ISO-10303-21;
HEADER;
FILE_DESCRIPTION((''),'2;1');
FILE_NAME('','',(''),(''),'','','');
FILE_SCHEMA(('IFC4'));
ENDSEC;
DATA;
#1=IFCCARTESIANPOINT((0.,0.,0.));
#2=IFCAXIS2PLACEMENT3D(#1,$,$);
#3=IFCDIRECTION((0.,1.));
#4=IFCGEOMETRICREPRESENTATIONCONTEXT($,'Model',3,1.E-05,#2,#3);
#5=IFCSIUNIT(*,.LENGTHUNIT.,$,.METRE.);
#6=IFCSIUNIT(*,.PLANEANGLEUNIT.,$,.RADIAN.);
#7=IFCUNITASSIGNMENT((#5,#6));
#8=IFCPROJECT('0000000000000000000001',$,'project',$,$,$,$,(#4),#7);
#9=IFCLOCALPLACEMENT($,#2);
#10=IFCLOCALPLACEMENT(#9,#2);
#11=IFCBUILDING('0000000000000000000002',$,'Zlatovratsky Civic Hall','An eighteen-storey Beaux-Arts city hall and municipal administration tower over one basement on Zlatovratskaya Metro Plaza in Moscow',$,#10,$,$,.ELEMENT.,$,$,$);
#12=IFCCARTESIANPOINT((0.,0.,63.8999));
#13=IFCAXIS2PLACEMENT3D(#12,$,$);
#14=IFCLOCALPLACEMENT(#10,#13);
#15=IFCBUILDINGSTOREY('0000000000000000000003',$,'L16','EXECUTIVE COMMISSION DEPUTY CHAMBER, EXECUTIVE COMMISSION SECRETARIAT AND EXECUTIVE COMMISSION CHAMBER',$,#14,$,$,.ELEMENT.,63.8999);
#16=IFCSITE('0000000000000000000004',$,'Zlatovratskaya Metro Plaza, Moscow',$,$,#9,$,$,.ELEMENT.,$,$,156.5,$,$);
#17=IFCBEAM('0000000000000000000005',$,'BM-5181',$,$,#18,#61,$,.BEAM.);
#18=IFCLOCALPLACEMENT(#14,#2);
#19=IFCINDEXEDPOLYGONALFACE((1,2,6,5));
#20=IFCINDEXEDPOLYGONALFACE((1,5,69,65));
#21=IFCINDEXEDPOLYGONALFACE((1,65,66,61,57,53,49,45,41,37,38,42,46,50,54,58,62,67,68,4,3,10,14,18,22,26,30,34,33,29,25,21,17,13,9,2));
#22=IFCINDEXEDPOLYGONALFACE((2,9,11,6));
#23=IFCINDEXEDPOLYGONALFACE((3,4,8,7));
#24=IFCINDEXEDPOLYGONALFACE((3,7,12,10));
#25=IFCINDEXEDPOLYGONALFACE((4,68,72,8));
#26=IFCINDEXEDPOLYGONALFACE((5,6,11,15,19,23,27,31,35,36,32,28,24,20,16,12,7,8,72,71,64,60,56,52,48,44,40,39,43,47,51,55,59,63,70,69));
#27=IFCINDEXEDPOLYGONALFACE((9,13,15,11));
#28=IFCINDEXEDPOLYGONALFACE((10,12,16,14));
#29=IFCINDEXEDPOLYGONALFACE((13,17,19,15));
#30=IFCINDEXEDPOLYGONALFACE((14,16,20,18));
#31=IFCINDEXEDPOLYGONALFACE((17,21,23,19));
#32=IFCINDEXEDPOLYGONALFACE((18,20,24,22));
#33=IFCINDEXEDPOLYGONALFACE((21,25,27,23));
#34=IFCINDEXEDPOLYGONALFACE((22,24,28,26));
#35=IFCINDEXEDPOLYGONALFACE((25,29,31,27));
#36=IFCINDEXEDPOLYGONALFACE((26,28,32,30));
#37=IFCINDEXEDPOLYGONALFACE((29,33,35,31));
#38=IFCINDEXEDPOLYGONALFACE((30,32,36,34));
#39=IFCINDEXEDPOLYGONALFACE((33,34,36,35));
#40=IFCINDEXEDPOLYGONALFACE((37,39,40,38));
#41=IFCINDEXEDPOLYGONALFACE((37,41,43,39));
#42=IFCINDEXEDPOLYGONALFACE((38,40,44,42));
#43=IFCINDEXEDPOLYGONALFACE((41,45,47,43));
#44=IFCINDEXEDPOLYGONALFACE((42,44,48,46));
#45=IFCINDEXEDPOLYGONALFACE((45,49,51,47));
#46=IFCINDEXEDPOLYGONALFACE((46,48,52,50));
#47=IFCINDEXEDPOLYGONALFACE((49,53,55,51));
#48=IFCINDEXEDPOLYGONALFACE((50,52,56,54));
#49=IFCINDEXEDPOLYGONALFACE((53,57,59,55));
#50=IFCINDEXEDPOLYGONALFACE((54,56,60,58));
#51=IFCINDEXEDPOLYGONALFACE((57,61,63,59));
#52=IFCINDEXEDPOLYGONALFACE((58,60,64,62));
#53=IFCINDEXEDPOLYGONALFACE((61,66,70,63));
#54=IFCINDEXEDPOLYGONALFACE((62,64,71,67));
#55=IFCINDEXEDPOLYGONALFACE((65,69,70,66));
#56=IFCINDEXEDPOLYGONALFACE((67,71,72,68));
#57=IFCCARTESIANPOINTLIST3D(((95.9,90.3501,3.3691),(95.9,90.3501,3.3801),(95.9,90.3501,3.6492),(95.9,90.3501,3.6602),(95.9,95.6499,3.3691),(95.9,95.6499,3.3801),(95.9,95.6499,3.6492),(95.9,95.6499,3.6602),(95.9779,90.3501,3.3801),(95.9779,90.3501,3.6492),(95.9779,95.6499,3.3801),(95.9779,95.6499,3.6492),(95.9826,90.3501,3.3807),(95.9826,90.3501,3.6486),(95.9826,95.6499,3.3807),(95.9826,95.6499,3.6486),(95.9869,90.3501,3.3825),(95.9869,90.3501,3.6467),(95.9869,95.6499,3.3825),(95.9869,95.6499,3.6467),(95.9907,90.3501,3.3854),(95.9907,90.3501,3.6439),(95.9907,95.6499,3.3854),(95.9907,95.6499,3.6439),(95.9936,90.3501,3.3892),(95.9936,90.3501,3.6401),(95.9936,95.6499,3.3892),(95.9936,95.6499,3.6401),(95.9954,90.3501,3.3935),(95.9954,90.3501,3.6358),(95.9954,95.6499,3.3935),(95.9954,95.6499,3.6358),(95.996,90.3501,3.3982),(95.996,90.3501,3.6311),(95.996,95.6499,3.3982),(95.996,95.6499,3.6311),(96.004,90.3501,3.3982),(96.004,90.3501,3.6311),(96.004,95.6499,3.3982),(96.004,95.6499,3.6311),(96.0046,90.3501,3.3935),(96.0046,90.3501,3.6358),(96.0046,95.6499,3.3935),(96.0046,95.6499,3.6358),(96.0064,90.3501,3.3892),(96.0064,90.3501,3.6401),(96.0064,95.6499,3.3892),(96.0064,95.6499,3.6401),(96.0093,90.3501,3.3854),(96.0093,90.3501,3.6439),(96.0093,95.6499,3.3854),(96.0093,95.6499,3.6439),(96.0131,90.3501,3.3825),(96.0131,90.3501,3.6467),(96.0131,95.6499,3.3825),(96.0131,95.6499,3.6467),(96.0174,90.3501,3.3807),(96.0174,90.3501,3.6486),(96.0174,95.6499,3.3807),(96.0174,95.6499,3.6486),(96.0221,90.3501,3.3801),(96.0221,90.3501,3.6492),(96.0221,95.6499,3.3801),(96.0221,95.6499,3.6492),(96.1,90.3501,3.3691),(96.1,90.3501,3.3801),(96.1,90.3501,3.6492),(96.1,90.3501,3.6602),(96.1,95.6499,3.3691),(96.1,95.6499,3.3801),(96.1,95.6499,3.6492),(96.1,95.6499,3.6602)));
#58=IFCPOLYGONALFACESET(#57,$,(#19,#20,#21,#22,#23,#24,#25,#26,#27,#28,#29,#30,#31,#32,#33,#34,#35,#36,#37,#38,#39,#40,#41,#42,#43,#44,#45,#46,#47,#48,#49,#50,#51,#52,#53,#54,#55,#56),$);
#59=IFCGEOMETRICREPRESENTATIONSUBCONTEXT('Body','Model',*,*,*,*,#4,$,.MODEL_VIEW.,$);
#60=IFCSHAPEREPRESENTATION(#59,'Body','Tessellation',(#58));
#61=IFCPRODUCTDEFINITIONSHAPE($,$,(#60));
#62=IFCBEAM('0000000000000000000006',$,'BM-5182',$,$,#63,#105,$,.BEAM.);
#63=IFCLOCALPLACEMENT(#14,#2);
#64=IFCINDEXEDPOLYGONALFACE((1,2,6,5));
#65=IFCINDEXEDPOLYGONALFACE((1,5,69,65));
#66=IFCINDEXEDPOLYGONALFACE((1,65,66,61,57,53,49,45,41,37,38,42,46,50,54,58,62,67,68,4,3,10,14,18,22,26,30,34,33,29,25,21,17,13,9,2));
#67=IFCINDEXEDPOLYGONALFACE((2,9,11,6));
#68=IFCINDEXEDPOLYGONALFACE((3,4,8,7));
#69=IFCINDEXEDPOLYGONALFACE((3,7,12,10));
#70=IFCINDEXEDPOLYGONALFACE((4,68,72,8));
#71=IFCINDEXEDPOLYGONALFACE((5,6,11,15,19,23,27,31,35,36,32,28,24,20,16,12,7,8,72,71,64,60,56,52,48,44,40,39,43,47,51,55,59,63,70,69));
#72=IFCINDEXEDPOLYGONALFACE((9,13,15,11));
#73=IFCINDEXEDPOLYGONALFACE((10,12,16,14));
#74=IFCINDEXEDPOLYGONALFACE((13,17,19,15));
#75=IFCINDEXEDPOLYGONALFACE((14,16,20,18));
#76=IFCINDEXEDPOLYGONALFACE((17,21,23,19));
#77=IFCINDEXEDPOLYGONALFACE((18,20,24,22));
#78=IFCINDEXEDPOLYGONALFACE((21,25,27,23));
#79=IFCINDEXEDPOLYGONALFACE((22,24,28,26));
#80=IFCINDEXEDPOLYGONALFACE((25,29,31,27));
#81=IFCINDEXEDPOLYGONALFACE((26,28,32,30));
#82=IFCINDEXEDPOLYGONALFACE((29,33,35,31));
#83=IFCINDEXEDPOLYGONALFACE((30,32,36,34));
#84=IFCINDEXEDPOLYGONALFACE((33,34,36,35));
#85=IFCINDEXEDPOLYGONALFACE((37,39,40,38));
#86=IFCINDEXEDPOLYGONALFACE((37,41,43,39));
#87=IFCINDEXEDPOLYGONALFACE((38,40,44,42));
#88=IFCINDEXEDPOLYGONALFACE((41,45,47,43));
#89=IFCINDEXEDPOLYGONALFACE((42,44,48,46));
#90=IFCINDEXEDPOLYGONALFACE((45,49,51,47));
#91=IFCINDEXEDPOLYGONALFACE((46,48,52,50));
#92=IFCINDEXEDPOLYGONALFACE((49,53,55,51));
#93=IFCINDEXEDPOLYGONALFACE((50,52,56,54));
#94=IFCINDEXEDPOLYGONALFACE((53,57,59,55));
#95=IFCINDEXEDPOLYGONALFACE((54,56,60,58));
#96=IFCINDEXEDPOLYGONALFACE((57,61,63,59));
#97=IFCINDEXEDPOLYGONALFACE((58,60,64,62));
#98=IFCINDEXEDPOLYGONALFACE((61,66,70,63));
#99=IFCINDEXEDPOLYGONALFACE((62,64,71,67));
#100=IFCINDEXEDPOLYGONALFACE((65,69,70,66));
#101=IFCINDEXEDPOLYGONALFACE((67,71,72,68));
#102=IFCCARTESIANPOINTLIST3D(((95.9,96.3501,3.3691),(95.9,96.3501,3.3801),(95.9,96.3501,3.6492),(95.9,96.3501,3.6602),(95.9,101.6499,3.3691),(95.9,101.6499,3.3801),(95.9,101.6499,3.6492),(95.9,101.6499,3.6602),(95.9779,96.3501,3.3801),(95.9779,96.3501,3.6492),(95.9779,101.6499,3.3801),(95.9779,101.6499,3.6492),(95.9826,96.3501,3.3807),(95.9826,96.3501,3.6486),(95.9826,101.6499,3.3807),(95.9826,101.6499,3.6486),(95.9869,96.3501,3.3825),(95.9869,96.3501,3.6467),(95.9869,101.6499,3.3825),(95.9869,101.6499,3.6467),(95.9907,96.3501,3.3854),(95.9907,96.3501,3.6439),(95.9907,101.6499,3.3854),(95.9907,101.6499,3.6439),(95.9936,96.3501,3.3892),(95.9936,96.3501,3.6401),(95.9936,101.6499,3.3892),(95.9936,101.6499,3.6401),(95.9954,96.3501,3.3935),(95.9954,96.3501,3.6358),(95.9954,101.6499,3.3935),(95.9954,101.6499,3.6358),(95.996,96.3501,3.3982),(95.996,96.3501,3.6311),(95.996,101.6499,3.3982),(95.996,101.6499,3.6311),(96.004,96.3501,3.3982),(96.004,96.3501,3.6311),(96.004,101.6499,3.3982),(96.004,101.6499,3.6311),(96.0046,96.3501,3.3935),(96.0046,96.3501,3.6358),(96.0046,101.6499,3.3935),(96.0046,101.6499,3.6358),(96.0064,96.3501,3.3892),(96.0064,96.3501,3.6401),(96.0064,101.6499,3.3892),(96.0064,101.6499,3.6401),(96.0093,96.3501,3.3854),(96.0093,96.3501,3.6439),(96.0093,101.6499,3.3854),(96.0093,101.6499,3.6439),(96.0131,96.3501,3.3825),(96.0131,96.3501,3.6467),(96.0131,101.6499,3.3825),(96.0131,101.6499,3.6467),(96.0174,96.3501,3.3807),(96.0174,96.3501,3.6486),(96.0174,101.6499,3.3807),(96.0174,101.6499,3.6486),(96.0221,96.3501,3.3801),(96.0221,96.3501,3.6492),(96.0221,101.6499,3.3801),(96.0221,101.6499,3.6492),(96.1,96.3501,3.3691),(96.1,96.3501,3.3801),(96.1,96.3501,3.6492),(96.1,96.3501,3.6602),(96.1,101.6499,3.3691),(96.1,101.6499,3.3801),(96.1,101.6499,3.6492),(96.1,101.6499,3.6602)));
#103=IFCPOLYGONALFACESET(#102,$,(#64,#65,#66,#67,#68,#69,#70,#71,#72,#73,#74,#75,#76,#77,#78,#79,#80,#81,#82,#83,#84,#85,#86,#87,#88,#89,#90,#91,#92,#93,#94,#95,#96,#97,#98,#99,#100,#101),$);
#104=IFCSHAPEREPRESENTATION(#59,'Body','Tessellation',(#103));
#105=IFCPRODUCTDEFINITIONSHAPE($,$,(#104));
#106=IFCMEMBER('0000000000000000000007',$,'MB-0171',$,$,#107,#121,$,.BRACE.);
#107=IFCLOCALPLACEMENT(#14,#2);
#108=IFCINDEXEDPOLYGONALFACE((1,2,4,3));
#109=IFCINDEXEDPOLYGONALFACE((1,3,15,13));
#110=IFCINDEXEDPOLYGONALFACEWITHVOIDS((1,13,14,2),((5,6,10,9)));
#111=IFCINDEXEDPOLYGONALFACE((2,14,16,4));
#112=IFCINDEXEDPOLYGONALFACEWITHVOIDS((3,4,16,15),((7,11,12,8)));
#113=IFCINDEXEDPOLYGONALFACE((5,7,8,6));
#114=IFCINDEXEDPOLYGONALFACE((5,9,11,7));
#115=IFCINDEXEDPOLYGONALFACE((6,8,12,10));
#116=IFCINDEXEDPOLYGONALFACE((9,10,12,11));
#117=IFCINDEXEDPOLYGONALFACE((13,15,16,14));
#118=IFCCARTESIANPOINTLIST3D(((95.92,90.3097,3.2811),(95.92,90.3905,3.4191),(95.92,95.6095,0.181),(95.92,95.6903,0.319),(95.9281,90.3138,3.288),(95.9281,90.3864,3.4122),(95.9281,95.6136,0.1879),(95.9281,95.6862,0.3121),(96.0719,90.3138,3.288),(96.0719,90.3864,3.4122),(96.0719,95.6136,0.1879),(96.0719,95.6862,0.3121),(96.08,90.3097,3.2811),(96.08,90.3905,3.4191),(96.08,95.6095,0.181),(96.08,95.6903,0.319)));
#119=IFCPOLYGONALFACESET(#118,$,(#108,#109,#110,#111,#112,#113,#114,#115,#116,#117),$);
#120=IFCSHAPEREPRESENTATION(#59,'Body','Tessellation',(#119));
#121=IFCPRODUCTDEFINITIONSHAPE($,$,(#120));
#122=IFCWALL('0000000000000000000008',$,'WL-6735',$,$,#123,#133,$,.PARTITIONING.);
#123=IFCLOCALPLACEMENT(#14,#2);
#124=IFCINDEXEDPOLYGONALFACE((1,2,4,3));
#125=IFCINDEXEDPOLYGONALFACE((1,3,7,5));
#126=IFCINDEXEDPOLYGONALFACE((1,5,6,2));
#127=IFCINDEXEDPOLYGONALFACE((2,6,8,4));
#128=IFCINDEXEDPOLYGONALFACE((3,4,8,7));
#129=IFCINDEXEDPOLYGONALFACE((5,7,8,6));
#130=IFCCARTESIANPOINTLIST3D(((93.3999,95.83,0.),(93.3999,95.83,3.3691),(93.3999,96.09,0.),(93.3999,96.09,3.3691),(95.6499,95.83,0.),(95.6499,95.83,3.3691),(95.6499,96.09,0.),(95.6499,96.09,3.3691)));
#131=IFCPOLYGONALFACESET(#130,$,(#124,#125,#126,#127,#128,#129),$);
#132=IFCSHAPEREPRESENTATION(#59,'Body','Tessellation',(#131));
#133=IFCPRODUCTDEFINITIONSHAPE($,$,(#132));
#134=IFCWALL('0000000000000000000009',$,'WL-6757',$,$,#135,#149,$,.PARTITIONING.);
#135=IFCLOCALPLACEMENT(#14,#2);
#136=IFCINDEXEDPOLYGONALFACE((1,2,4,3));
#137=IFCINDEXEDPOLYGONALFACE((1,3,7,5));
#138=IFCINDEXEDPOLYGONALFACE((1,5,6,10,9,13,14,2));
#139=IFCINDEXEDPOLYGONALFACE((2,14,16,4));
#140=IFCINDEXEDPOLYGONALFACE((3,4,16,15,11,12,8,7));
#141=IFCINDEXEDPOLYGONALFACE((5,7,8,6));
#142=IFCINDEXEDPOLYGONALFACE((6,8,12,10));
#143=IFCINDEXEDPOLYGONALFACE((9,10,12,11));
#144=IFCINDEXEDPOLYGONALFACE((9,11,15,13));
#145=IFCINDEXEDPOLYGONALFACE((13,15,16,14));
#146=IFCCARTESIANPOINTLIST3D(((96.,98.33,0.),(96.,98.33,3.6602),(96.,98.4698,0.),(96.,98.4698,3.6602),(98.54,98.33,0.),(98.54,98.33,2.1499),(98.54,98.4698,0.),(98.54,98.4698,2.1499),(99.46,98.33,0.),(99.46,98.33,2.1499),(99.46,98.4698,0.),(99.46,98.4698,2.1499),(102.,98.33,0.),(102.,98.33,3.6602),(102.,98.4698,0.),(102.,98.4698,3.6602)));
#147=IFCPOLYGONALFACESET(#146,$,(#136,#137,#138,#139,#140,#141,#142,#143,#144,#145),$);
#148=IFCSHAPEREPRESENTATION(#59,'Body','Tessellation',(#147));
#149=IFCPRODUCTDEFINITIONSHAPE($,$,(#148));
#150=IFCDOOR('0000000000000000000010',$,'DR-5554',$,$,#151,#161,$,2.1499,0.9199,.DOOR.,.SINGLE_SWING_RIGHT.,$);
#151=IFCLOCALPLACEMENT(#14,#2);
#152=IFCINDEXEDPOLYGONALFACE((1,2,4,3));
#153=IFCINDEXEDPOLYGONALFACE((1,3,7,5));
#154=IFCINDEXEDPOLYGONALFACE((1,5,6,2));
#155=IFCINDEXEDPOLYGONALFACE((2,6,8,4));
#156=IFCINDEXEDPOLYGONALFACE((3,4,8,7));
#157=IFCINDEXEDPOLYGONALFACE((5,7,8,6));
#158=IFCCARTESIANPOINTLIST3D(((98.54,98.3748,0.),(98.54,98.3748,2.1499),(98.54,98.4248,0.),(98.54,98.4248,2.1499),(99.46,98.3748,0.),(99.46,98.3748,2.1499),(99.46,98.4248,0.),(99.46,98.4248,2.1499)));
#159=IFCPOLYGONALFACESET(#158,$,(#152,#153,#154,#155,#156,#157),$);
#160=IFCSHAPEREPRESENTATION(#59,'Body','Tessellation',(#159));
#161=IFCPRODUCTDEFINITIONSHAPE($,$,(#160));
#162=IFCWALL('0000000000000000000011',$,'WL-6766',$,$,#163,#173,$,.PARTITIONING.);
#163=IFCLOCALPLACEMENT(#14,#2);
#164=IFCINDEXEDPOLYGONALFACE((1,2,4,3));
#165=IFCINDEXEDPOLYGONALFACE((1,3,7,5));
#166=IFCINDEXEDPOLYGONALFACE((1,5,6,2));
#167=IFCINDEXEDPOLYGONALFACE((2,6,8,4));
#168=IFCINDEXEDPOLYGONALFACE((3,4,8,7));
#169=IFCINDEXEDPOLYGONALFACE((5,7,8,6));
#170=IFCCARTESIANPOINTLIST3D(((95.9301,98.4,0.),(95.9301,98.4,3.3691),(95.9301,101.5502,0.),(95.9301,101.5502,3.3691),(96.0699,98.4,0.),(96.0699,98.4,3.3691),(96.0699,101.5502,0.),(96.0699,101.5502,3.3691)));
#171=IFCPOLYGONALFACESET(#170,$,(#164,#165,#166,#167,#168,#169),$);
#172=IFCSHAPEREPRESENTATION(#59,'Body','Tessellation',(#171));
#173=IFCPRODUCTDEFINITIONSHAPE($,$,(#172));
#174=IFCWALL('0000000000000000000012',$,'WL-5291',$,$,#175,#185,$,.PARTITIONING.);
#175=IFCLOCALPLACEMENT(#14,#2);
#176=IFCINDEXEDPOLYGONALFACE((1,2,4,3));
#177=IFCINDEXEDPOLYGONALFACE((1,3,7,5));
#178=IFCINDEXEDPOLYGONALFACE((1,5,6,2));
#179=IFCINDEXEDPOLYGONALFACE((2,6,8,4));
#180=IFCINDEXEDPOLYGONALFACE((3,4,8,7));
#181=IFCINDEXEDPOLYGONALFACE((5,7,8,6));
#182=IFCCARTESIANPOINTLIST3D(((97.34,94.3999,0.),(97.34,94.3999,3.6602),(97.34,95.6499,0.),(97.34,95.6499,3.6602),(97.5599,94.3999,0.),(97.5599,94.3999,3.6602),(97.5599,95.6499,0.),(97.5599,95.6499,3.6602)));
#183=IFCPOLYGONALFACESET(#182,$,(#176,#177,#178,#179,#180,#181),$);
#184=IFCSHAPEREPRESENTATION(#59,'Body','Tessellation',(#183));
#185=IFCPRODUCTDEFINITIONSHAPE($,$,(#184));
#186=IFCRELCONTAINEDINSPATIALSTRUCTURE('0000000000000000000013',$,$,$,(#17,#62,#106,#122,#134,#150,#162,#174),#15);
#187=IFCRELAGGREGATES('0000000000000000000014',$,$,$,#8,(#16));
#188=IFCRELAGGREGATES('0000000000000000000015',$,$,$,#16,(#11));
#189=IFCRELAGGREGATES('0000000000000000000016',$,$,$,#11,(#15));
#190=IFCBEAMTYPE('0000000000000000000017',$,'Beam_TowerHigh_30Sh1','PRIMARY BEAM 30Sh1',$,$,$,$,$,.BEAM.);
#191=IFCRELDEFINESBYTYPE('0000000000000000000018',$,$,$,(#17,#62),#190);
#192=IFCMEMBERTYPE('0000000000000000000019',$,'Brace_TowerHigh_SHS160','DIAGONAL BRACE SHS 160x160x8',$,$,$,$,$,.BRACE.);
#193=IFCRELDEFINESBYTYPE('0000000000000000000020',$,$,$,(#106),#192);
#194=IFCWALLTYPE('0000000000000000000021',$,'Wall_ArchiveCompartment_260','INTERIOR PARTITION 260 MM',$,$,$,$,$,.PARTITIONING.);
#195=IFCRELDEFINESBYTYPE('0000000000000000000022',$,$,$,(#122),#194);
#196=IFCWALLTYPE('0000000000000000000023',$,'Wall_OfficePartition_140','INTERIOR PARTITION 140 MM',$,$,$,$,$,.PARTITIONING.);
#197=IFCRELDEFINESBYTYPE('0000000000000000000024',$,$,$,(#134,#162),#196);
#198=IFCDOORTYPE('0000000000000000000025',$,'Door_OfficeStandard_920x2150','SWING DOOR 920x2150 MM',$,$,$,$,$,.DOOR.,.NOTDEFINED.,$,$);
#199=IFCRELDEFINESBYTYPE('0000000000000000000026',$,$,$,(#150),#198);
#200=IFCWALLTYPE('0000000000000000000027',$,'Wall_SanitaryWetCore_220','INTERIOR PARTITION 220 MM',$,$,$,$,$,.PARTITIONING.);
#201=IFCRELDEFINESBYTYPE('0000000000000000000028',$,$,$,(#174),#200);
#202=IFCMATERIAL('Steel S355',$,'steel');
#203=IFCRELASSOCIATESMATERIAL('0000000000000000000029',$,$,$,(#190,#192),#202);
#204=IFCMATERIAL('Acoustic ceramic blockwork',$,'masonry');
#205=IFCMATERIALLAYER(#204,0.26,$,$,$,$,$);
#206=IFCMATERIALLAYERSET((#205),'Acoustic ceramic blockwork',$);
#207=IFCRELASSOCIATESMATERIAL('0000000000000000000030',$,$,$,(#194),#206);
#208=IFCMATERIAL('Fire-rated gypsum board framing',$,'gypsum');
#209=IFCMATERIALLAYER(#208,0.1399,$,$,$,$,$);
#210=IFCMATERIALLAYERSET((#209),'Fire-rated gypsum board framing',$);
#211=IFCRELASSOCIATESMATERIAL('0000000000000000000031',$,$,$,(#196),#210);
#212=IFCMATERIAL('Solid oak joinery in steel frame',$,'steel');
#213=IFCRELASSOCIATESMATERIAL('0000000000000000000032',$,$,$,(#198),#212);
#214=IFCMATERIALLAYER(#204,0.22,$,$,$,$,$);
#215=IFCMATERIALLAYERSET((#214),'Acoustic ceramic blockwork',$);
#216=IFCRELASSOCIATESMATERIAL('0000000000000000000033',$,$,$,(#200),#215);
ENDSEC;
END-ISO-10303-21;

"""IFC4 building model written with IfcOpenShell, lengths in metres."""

from ifc_helpers import new_model, si_unit, direction, frame, frame_2d, origin, origin_2d, place, context, subcontext, project, spatial, rectangle, hollow_rectangle, i_section, extrude, material, layer, layer_set, material_profile, profile_set, type_object, element, fill, save


model = new_model("IFC4")

# Units and contexts
model_context = context("Model", 3, precision=1e-05, world=origin(), true_north=direction((0.0, 1.0)))
body_context = subcontext(model_context, "Body", "Model", "MODEL_VIEW")
ifc_project = project(units=[si_unit("LENGTHUNIT", "METRE"), si_unit("PLANEANGLEUNIT", "RADIAN")], contexts=[model_context])

# Site, building, storey
site_placement = place(None, origin())
site = spatial("IfcSite", under=ifc_project, at=site_placement, Name="Zlatovratskaya Metro Plaza, Moscow", CompositionType="ELEMENT", RefElevation=156.5)
building_placement = place(site_placement, origin())
building = spatial("IfcBuilding", under=site, at=building_placement, Name="Zlatovratsky Civic Hall", Description="An eighteen-storey Beaux-Arts city hall and municipal administration tower over one basement on Zlatovratskaya Metro Plaza in Moscow", CompositionType="ELEMENT")
storey_placement = place(building_placement, frame((0.0, 0.0, 63.8999)))
storey = spatial("IfcBuildingStorey", under=building, at=storey_placement, Name="L16", Description="EXECUTIVE COMMISSION DEPUTY CHAMBER, EXECUTIVE COMMISSION SECRETARIAT AND EXECUTIVE COMMISSION CHAMBER", CompositionType="ELEMENT", Elevation=63.8999)

# Beams
ifc_material_1 = material(Name="Steel S355", Category="steel")
ifc_material_profile_1 = material_profile(ifc_material_1, i_section(OverallWidth=0.2, OverallDepth=0.291, WebThickness=0.0081, FlangeThickness=0.011, FilletRadius=0.0181, at=origin_2d()), Name="30Sh1")
ifc_profile_set_1 = profile_set([ifc_material_profile_1], Name="Steel S355")
beam_type_1 = type_object("IfcBeamType", Name="Beam_TowerHigh_30Sh1", Description="PRIMARY BEAM 30Sh1", PredefinedType="BEAM", material=ifc_profile_set_1)
for number, where, z_axis, x_axis, name in (
    (1, (96.0, 90.3501, 3.5146), (0.0, 1.0, 0.0), (-1.0, 0.0, 0.0), "BM-5181"),
    (2, (96.0, 96.3501, 3.5146), (0.0, 1.0, 0.0), (-1.0, 0.0, 0.0), "BM-5182"),
):
    element("IfcBeam", number, at=place(storey_placement, frame(where, z_axis=z_axis, x_axis=x_axis)), inside=storey, type_object=beam_type_1, Name=name, PredefinedType="BEAM", context=body_context, shape_type="SweptSolid", body=[
        extrude(i_section(OverallWidth=0.2, OverallDepth=0.291, WebThickness=0.0081, FlangeThickness=0.011, FilletRadius=0.0181, at=origin_2d()), origin(), (0.0, 0.0, 1.0), 5.2998),
    ])

# Member
ifc_material_profile_2 = material_profile(ifc_material_1, hollow_rectangle(XDim=0.1599, YDim=0.1599, WallThickness=0.0081, at=origin_2d()), Name="SHS 160x160x8")
ifc_profile_set_2 = profile_set([ifc_material_profile_2], Name="Steel S355")
member_type = type_object("IfcMemberType", Name="Brace_TowerHigh_SHS160", Description="DIAGONAL BRACE SHS 160x160x8", PredefinedType="BRACE", material=ifc_profile_set_2)
member_placement = place(storey_placement, frame((96.0, 90.3501, 3.3501), z_axis=(0.0, 0.863173, -0.504909), x_axis=(-1.0, 0.0, 0.0)))
element("IfcMember", 3, at=member_placement, inside=storey, type_object=member_type, Name="MB-0171", PredefinedType="BRACE", context=body_context, shape_type="SweptSolid", body=[
    extrude(hollow_rectangle(XDim=0.1599, YDim=0.1599, WallThickness=0.0081, at=origin_2d()), origin(), (0.0, 0.0, 1.0), 6.1399),
])

# Wall
ifc_material_2 = material(Name="Acoustic ceramic blockwork", Category="masonry")
ifc_layer_1 = layer(ifc_material_2, 0.26)
ifc_layer_set_1 = layer_set([ifc_layer_1], Name="Acoustic ceramic blockwork")
wall_type_1 = type_object("IfcWallType", Name="Wall_ArchiveCompartment_260", Description="INTERIOR PARTITION 260 MM", PredefinedType="PARTITIONING", material=ifc_layer_set_1)
wall_1_placement = place(storey_placement, frame((93.3999, 95.96, 0.0), z_axis=(0.0, 0.0, 1.0), x_axis=(1.0, 0.0, 0.0)))
element("IfcWall", 4, at=wall_1_placement, inside=storey, type_object=wall_type_1, Name="WL-6735", PredefinedType="PARTITIONING", context=body_context, shape_type="SweptSolid", body=[
    extrude(rectangle(XDim=2.25, YDim=0.26, at=frame_2d((1.125, 0.0))), origin(), (0.0, 0.0, 1.0), 3.3691),
])

# Wall, opening, door
ifc_material_3 = material(Name="Fire-rated gypsum board framing", Category="gypsum")
ifc_layer_2 = layer(ifc_material_3, 0.1399)
ifc_layer_set_2 = layer_set([ifc_layer_2], Name="Fire-rated gypsum board framing")
wall_type_2 = type_object("IfcWallType", Name="Wall_OfficePartition_140", Description="INTERIOR PARTITION 140 MM", PredefinedType="PARTITIONING", material=ifc_layer_set_2)
ifc_material_4 = material(Name="Solid oak joinery in steel frame", Category="steel")
door_type = type_object("IfcDoorType", Name="Door_OfficeStandard_920x2150", Description="SWING DOOR 920x2150 MM", OperationType="NOTDEFINED", PredefinedType="DOOR", material=ifc_material_4)
wall_2_placement = place(storey_placement, frame((96.0, 98.3999, 0.0), z_axis=(0.0, 0.0, 1.0), x_axis=(1.0, 0.0, 0.0)))
wall_2 = element("IfcWall", 5, at=wall_2_placement, inside=storey, type_object=wall_type_2, Name="WL-6757", PredefinedType="PARTITIONING", context=body_context, shape_type="SweptSolid", body=[
    extrude(rectangle(XDim=6.0, YDim=0.1399, at=frame_2d((3.0, 0.0))), origin(), (0.0, 0.0, 1.0), 3.6602),
])
opening_1_placement = place(wall_2_placement, frame((2.54, 0.0, 0.0)))
opening_1 = element("IfcOpeningElement", 6, at=opening_1_placement, cuts=wall_2, PredefinedType="OPENING", context=body_context, shape_type="SweptSolid", body=[
    extrude(rectangle(XDim=0.9199, YDim=2.1499, at=frame_2d((0.46, 1.075))), frame((0.0, 0.085, 0.0), z_axis=(0.0, -1.0, 0.0), x_axis=(1.0, 0.0, 0.0)), (0.0, 0.0, 1.0), 0.1697),
])
door_1_placement = place(opening_1_placement, origin())
door_1 = element("IfcDoor", 7, at=door_1_placement, inside=storey, type_object=door_type, Name="DR-5554", OperationType="SINGLE_SWING_RIGHT", OverallHeight=2.1499, OverallWidth=0.9199, PredefinedType="DOOR", context=body_context, shape_type="SweptSolid", body=[
    extrude(rectangle(XDim=0.9199, YDim=2.1499, at=frame_2d((0.46, 1.075))), frame((0.0, 0.0249, 0.0), z_axis=(0.0, -1.0, 0.0), x_axis=(1.0, 0.0, 0.0)), (0.0, 0.0, 1.0), 0.05),
])
fill(opening_1, door_1)

# Walls
wall_3_placement = place(storey_placement, frame((96.0, 98.3999, 0.0), z_axis=(0.0, 0.0, 1.0), x_axis=(0.0, 1.0, 0.0)))
element("IfcWall", 8, at=wall_3_placement, inside=storey, type_object=wall_type_2, Name="WL-6766", PredefinedType="PARTITIONING", context=body_context, shape_type="SweptSolid", body=[
    extrude(rectangle(XDim=3.1501, YDim=0.1399, at=frame_2d((1.5752, 0.0))), origin(), (0.0, 0.0, 1.0), 3.3691),
])
ifc_layer_3 = layer(ifc_material_2, 0.22)
ifc_layer_set_3 = layer_set([ifc_layer_3], Name="Acoustic ceramic blockwork")
wall_type_3 = type_object("IfcWallType", Name="Wall_SanitaryWetCore_220", Description="INTERIOR PARTITION 220 MM", PredefinedType="PARTITIONING", material=ifc_layer_set_3)
wall_4_placement = place(storey_placement, frame((97.45, 94.3999, 0.0), z_axis=(0.0, 0.0, 1.0), x_axis=(0.0, 1.0, 0.0)))
element("IfcWall", 9, at=wall_4_placement, inside=storey, type_object=wall_type_3, Name="WL-5291", PredefinedType="PARTITIONING", context=body_context, shape_type="SweptSolid", body=[
    extrude(rectangle(XDim=1.25, YDim=0.22, at=frame_2d((0.625, 0.0))), origin(), (0.0, 0.0, 1.0), 3.6602),
])

save(model, "model.ifc")
